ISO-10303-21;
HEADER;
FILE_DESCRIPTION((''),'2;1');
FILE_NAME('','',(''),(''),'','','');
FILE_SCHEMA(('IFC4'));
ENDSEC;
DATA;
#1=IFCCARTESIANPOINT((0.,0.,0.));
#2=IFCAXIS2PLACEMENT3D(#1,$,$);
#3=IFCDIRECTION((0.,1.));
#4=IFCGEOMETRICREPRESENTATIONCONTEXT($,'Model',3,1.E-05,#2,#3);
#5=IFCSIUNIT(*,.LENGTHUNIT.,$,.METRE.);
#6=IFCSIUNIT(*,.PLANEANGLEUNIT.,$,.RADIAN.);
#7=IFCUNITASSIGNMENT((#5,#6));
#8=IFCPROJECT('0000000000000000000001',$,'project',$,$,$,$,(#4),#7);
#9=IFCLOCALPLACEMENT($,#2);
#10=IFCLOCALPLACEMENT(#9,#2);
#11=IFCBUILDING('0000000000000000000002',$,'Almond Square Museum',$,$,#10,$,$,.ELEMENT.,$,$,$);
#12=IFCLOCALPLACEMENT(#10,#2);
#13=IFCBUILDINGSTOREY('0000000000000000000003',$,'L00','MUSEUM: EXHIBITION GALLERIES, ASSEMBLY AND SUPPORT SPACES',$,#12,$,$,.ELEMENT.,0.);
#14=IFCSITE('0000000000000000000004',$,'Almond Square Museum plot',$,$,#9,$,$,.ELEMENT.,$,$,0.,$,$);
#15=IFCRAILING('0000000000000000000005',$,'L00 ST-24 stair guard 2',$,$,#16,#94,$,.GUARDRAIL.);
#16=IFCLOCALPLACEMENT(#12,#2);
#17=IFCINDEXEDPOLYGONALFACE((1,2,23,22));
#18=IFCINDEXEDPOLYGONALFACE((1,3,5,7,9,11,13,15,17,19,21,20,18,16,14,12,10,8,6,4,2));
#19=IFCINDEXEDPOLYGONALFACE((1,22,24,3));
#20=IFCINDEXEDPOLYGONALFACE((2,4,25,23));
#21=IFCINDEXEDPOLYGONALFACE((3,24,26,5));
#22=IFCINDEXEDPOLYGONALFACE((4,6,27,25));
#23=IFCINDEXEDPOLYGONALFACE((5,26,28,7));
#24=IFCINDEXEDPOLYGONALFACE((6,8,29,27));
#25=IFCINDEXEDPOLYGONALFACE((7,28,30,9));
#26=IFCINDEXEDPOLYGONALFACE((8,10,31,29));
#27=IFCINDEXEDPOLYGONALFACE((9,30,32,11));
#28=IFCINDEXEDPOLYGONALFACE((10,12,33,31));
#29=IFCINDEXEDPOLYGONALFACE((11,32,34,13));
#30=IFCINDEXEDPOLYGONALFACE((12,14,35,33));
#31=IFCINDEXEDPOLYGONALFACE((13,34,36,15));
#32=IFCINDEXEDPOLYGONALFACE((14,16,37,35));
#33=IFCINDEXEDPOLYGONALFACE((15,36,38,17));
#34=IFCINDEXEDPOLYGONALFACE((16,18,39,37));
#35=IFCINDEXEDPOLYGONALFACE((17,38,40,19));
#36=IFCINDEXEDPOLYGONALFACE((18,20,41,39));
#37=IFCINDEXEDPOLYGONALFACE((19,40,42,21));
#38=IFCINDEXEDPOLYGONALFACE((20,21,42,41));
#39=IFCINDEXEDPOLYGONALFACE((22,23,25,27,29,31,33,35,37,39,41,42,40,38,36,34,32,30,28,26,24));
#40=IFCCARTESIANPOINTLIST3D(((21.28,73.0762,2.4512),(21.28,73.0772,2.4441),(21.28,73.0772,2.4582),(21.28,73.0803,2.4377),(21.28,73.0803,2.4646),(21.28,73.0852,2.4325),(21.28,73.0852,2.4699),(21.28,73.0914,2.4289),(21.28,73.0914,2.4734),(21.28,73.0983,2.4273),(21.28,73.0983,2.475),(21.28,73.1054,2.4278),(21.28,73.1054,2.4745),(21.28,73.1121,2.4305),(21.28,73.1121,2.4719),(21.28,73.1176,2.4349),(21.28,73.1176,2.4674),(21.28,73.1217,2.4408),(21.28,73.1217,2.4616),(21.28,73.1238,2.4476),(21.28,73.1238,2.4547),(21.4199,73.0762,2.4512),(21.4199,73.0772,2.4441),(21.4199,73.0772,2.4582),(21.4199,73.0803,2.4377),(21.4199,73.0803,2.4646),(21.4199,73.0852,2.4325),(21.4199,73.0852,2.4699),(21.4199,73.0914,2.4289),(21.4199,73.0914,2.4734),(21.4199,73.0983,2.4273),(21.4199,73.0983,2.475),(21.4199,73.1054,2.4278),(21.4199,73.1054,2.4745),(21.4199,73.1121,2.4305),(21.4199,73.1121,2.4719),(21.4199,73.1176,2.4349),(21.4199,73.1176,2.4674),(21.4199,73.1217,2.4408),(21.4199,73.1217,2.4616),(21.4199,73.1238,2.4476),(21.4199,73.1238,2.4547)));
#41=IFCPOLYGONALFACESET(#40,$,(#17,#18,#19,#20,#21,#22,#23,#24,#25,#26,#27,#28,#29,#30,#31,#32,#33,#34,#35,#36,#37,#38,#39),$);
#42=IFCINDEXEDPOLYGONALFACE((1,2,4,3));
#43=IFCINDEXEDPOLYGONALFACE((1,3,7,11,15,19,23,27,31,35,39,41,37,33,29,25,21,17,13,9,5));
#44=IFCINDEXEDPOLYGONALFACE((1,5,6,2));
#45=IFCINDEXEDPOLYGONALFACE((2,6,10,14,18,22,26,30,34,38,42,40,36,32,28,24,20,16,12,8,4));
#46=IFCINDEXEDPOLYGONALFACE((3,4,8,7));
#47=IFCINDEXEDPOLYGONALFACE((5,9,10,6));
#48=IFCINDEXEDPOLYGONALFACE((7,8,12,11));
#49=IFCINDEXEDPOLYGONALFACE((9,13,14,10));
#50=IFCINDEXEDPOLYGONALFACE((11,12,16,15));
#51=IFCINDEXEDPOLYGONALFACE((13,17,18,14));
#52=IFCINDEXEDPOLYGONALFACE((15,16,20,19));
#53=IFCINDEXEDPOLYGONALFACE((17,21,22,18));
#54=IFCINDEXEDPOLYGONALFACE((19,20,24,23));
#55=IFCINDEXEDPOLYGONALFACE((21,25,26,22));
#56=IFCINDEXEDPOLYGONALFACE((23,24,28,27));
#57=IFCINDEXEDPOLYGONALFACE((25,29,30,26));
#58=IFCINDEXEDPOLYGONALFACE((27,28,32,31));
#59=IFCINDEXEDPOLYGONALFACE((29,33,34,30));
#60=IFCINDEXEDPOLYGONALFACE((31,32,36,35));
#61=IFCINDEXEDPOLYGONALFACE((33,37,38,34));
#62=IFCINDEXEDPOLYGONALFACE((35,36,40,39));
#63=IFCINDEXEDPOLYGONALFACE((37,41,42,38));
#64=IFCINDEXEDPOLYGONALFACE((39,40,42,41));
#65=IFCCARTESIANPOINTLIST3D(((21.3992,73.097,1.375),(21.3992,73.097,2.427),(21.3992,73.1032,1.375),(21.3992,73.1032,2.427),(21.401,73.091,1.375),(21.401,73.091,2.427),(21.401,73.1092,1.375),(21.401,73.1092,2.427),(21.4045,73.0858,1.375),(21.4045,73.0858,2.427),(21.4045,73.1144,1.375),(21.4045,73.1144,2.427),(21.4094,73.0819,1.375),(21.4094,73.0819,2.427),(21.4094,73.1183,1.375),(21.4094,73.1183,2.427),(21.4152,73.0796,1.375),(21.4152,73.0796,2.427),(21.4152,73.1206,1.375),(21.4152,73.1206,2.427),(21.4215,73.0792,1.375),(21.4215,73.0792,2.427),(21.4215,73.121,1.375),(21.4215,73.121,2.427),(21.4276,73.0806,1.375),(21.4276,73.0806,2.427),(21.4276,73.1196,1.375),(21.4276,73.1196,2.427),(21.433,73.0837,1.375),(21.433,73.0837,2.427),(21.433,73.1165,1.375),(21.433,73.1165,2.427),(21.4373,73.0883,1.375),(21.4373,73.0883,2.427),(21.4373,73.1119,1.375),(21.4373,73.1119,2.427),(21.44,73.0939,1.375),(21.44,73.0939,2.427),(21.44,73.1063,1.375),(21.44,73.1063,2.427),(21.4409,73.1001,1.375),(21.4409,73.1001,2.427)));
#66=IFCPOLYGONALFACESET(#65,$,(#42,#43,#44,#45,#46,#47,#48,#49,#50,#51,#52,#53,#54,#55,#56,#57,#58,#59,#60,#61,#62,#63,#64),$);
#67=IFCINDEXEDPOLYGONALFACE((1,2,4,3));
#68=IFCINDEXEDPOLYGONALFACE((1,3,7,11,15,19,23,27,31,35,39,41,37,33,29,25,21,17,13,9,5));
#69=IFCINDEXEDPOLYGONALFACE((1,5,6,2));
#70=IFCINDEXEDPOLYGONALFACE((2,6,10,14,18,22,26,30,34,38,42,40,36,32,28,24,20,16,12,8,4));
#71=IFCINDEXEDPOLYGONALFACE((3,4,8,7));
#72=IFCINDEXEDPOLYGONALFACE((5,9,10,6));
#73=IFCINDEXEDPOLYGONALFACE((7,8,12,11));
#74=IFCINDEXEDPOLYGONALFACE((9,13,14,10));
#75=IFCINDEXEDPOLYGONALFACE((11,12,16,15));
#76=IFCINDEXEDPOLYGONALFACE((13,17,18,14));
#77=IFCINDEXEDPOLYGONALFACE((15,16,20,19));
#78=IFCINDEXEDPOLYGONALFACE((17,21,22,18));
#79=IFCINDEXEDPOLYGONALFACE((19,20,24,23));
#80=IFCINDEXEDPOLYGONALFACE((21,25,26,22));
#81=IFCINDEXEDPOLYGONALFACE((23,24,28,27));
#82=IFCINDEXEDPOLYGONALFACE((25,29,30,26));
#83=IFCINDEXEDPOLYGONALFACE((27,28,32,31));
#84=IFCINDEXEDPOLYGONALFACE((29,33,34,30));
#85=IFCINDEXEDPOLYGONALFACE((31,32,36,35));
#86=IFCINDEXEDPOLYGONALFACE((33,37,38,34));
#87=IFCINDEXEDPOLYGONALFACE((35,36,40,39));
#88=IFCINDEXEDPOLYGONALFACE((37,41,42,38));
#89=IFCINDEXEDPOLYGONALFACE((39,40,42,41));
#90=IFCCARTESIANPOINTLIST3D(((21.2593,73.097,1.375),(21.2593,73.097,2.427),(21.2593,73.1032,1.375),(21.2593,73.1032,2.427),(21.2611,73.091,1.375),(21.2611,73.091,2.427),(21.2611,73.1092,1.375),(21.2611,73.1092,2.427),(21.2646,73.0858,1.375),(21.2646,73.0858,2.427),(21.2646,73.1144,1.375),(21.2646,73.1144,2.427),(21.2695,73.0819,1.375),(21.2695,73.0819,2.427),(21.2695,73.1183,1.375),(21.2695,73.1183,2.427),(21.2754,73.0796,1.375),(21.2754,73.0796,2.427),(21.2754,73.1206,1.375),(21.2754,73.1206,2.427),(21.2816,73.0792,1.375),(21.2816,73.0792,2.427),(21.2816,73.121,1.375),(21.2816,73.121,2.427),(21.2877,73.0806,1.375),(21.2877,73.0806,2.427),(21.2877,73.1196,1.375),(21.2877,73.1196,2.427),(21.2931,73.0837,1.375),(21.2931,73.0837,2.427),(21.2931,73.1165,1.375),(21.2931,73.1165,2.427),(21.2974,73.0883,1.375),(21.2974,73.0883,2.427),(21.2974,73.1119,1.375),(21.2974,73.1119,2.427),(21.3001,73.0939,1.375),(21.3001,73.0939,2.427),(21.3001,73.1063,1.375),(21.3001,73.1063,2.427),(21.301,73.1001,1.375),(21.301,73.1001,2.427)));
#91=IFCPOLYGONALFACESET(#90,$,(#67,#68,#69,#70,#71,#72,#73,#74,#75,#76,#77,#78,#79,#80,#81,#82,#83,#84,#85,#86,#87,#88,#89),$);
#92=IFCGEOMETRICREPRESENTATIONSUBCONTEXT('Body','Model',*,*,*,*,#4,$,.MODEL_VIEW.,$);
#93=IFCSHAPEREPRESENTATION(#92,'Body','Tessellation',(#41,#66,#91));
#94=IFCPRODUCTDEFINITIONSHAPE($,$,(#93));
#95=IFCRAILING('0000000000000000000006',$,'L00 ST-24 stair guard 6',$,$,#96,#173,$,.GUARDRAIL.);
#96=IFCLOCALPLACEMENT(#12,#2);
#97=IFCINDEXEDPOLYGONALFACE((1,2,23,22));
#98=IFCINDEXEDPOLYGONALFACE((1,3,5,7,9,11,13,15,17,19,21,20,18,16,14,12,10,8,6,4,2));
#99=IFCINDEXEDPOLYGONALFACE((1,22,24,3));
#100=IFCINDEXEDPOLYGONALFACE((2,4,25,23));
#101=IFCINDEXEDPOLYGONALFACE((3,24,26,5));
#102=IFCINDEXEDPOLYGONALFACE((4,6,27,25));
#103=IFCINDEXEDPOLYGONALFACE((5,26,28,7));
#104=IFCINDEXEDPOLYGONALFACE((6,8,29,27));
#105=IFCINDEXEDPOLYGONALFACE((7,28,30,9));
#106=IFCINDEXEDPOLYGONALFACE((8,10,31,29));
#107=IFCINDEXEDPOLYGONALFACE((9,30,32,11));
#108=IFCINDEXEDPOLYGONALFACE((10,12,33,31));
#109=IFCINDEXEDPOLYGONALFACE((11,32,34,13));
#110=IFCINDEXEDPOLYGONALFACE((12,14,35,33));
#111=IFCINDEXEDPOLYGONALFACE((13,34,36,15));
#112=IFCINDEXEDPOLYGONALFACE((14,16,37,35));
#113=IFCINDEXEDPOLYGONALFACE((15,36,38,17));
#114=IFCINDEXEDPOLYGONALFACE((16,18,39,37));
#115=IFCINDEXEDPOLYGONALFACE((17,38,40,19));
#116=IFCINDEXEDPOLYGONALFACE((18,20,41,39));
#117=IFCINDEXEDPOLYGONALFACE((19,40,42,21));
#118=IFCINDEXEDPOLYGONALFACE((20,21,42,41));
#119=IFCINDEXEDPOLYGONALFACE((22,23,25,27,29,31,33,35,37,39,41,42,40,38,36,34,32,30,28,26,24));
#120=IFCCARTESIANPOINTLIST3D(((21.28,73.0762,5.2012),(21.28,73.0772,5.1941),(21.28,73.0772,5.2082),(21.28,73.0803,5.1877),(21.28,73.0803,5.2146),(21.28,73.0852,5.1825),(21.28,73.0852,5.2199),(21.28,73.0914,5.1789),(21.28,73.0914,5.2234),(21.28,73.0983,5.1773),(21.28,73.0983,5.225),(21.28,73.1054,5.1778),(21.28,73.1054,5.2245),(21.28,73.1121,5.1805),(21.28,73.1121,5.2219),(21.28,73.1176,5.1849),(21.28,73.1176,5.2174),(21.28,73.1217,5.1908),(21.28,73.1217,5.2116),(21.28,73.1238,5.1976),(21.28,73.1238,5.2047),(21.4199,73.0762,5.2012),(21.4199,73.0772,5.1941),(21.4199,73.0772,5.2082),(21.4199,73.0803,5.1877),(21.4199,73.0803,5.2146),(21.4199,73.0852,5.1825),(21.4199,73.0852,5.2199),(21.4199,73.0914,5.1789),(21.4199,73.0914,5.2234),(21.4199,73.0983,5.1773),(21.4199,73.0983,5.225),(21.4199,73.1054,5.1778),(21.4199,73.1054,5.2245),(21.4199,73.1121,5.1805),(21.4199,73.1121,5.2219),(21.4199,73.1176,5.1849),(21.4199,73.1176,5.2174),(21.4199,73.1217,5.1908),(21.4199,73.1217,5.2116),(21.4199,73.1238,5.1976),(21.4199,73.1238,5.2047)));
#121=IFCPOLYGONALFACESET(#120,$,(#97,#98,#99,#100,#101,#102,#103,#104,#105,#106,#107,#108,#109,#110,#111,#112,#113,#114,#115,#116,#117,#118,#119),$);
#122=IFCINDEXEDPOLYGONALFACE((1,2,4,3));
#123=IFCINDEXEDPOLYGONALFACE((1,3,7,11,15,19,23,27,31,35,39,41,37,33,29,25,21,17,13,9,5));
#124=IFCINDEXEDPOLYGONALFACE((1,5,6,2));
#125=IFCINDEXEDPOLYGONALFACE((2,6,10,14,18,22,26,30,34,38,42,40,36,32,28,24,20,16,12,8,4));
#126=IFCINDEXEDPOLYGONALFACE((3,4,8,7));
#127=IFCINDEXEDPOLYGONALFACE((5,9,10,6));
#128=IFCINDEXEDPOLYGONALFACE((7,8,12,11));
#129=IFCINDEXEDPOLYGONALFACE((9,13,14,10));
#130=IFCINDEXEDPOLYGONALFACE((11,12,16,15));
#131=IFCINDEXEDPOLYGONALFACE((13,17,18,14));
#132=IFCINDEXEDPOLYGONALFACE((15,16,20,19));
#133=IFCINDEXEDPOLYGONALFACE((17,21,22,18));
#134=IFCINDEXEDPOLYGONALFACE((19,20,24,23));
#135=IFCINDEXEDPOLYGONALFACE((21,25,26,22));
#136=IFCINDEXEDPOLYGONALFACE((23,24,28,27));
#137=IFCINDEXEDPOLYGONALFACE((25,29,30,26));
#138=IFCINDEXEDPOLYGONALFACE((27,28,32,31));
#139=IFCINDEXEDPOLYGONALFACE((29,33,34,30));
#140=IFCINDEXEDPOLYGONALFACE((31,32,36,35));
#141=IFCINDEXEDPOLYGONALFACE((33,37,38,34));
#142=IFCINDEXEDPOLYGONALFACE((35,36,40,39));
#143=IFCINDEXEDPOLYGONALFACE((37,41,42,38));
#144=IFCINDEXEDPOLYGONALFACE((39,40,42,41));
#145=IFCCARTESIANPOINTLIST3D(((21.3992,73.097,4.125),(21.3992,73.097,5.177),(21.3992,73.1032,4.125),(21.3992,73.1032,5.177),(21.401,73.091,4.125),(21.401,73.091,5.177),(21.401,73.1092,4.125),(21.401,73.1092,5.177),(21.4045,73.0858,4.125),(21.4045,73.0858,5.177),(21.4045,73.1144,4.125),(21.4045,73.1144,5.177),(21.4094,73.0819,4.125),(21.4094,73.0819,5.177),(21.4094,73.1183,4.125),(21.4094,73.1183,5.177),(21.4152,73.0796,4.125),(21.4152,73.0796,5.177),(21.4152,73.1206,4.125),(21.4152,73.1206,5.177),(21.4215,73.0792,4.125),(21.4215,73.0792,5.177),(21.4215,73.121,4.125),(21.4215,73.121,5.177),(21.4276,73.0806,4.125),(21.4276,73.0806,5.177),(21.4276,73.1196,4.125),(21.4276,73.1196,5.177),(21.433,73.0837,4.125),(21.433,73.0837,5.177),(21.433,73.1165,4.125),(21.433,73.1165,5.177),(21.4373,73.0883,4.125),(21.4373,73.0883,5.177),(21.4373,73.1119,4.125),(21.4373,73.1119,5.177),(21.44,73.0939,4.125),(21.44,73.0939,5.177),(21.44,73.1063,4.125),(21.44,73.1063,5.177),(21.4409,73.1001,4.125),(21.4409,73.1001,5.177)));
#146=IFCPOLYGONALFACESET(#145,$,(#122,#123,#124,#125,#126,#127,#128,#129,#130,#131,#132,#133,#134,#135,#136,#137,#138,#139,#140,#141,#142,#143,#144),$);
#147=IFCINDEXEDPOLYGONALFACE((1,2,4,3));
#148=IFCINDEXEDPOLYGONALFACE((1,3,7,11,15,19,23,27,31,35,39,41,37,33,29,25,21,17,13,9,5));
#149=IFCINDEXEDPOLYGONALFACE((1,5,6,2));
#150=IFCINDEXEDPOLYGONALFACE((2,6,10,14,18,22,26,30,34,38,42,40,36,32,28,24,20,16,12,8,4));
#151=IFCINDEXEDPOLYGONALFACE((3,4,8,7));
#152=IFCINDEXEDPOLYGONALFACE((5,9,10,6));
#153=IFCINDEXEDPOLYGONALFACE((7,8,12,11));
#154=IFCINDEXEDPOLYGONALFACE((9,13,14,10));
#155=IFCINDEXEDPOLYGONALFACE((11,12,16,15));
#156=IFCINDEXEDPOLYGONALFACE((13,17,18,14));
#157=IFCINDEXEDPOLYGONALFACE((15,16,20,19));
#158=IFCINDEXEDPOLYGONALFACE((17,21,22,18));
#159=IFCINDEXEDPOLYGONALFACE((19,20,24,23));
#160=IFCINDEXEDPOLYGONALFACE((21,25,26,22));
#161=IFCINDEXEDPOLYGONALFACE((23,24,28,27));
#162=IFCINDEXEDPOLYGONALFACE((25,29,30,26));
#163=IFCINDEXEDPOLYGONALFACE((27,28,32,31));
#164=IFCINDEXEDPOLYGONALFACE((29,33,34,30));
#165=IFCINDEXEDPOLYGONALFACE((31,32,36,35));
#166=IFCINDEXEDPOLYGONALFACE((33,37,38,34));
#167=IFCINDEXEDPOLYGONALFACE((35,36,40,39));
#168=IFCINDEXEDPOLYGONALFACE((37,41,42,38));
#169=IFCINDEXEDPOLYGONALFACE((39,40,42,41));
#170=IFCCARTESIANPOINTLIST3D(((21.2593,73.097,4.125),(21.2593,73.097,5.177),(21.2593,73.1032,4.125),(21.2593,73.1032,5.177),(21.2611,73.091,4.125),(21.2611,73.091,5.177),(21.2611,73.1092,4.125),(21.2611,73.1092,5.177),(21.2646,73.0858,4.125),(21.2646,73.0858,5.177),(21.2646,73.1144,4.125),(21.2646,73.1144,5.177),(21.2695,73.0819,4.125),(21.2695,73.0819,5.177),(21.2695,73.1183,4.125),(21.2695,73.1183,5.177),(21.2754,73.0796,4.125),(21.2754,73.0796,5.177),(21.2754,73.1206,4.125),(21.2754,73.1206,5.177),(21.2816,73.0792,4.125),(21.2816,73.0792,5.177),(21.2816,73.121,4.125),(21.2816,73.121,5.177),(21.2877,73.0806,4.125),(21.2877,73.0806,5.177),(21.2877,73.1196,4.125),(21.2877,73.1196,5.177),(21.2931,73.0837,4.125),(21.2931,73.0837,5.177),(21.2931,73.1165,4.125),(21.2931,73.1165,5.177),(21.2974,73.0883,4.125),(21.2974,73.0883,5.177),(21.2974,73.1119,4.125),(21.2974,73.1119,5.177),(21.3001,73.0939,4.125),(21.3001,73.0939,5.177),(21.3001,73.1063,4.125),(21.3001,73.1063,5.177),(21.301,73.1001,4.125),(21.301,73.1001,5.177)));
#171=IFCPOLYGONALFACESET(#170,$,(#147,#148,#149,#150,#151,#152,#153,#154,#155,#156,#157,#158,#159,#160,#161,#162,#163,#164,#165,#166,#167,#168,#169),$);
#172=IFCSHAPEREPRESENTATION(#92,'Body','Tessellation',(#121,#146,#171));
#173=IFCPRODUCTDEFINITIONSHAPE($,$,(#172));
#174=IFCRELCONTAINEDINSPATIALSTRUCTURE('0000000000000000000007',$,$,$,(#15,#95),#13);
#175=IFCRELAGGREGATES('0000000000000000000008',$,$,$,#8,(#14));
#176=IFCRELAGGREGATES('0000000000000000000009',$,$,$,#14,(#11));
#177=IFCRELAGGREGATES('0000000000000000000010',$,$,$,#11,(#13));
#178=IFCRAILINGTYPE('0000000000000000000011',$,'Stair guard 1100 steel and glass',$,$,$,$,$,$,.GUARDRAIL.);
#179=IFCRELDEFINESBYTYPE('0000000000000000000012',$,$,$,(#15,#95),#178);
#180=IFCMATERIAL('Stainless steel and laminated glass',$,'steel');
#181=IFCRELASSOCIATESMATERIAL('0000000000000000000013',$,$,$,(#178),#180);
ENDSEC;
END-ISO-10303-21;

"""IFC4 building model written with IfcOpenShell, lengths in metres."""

from ifc_helpers import new_model, si_unit, direction, frame, origin, origin_2d, place, context, subcontext, project, spatial, circle, extrude, material, type_object, element, save


model = new_model("IFC4")

# Units and contexts
model_context = context("Model", 3, precision=1e-05, world=origin(), true_north=direction((0.0, 1.0)))
body_context = subcontext(model_context, "Body", "Model", "MODEL_VIEW")
ifc_project = project(units=[si_unit("LENGTHUNIT", "METRE"), si_unit("PLANEANGLEUNIT", "RADIAN")], contexts=[model_context])

# Site, building, storey
site_placement = place(None, origin())
site = spatial("IfcSite", under=ifc_project, at=site_placement, Name="Almond Square Museum plot", CompositionType="ELEMENT", RefElevation=0.0)
building_placement = place(site_placement, origin())
building = spatial("IfcBuilding", under=site, at=building_placement, Name="Almond Square Museum", CompositionType="ELEMENT")
storey_placement = place(building_placement, origin())
storey = spatial("IfcBuildingStorey", under=building, at=storey_placement, Name="L00", Description="MUSEUM: EXHIBITION GALLERIES, ASSEMBLY AND SUPPORT SPACES", CompositionType="ELEMENT", Elevation=0.0)

# Railings
ifc_material_1 = material(Name="Stainless steel and laminated glass", Category="steel")
railing_type = type_object("IfcRailingType", Name="Stair guard 1100 steel and glass", PredefinedType="GUARDRAIL", material=ifc_material_1)
for number, where, name in (
    (1, (21.4199, 73.1001, 1.375), "L00 ST-24 stair guard 2"),
    (2, (21.4199, 73.1001, 4.125), "L00 ST-24 stair guard 6"),
):
    element("IfcRailing", number, at=place(storey_placement, frame(where)), inside=storey, type_object=railing_type, Name=name, PredefinedType="GUARDRAIL", context=body_context, shape_type="SweptSolid", body=[
        extrude(circle(Radius=0.0239, at=origin_2d()), frame((0.0, 0.0, 1.0762), z_axis=(-1.0, 0.0, 0.0), x_axis=(0.0, -1.0, 0.0)), (0.0, 0.0, 1.0), 0.1399),
        extrude(circle(Radius=0.021, at=origin_2d()), origin(), (0.0, 0.0, 1.0), 1.052),
        extrude(circle(Radius=0.021, at=origin_2d()), frame((-0.1399, 0.0, 0.0)), (0.0, 0.0, 1.0), 1.052),
    ])

save(model, "model.ifc")
